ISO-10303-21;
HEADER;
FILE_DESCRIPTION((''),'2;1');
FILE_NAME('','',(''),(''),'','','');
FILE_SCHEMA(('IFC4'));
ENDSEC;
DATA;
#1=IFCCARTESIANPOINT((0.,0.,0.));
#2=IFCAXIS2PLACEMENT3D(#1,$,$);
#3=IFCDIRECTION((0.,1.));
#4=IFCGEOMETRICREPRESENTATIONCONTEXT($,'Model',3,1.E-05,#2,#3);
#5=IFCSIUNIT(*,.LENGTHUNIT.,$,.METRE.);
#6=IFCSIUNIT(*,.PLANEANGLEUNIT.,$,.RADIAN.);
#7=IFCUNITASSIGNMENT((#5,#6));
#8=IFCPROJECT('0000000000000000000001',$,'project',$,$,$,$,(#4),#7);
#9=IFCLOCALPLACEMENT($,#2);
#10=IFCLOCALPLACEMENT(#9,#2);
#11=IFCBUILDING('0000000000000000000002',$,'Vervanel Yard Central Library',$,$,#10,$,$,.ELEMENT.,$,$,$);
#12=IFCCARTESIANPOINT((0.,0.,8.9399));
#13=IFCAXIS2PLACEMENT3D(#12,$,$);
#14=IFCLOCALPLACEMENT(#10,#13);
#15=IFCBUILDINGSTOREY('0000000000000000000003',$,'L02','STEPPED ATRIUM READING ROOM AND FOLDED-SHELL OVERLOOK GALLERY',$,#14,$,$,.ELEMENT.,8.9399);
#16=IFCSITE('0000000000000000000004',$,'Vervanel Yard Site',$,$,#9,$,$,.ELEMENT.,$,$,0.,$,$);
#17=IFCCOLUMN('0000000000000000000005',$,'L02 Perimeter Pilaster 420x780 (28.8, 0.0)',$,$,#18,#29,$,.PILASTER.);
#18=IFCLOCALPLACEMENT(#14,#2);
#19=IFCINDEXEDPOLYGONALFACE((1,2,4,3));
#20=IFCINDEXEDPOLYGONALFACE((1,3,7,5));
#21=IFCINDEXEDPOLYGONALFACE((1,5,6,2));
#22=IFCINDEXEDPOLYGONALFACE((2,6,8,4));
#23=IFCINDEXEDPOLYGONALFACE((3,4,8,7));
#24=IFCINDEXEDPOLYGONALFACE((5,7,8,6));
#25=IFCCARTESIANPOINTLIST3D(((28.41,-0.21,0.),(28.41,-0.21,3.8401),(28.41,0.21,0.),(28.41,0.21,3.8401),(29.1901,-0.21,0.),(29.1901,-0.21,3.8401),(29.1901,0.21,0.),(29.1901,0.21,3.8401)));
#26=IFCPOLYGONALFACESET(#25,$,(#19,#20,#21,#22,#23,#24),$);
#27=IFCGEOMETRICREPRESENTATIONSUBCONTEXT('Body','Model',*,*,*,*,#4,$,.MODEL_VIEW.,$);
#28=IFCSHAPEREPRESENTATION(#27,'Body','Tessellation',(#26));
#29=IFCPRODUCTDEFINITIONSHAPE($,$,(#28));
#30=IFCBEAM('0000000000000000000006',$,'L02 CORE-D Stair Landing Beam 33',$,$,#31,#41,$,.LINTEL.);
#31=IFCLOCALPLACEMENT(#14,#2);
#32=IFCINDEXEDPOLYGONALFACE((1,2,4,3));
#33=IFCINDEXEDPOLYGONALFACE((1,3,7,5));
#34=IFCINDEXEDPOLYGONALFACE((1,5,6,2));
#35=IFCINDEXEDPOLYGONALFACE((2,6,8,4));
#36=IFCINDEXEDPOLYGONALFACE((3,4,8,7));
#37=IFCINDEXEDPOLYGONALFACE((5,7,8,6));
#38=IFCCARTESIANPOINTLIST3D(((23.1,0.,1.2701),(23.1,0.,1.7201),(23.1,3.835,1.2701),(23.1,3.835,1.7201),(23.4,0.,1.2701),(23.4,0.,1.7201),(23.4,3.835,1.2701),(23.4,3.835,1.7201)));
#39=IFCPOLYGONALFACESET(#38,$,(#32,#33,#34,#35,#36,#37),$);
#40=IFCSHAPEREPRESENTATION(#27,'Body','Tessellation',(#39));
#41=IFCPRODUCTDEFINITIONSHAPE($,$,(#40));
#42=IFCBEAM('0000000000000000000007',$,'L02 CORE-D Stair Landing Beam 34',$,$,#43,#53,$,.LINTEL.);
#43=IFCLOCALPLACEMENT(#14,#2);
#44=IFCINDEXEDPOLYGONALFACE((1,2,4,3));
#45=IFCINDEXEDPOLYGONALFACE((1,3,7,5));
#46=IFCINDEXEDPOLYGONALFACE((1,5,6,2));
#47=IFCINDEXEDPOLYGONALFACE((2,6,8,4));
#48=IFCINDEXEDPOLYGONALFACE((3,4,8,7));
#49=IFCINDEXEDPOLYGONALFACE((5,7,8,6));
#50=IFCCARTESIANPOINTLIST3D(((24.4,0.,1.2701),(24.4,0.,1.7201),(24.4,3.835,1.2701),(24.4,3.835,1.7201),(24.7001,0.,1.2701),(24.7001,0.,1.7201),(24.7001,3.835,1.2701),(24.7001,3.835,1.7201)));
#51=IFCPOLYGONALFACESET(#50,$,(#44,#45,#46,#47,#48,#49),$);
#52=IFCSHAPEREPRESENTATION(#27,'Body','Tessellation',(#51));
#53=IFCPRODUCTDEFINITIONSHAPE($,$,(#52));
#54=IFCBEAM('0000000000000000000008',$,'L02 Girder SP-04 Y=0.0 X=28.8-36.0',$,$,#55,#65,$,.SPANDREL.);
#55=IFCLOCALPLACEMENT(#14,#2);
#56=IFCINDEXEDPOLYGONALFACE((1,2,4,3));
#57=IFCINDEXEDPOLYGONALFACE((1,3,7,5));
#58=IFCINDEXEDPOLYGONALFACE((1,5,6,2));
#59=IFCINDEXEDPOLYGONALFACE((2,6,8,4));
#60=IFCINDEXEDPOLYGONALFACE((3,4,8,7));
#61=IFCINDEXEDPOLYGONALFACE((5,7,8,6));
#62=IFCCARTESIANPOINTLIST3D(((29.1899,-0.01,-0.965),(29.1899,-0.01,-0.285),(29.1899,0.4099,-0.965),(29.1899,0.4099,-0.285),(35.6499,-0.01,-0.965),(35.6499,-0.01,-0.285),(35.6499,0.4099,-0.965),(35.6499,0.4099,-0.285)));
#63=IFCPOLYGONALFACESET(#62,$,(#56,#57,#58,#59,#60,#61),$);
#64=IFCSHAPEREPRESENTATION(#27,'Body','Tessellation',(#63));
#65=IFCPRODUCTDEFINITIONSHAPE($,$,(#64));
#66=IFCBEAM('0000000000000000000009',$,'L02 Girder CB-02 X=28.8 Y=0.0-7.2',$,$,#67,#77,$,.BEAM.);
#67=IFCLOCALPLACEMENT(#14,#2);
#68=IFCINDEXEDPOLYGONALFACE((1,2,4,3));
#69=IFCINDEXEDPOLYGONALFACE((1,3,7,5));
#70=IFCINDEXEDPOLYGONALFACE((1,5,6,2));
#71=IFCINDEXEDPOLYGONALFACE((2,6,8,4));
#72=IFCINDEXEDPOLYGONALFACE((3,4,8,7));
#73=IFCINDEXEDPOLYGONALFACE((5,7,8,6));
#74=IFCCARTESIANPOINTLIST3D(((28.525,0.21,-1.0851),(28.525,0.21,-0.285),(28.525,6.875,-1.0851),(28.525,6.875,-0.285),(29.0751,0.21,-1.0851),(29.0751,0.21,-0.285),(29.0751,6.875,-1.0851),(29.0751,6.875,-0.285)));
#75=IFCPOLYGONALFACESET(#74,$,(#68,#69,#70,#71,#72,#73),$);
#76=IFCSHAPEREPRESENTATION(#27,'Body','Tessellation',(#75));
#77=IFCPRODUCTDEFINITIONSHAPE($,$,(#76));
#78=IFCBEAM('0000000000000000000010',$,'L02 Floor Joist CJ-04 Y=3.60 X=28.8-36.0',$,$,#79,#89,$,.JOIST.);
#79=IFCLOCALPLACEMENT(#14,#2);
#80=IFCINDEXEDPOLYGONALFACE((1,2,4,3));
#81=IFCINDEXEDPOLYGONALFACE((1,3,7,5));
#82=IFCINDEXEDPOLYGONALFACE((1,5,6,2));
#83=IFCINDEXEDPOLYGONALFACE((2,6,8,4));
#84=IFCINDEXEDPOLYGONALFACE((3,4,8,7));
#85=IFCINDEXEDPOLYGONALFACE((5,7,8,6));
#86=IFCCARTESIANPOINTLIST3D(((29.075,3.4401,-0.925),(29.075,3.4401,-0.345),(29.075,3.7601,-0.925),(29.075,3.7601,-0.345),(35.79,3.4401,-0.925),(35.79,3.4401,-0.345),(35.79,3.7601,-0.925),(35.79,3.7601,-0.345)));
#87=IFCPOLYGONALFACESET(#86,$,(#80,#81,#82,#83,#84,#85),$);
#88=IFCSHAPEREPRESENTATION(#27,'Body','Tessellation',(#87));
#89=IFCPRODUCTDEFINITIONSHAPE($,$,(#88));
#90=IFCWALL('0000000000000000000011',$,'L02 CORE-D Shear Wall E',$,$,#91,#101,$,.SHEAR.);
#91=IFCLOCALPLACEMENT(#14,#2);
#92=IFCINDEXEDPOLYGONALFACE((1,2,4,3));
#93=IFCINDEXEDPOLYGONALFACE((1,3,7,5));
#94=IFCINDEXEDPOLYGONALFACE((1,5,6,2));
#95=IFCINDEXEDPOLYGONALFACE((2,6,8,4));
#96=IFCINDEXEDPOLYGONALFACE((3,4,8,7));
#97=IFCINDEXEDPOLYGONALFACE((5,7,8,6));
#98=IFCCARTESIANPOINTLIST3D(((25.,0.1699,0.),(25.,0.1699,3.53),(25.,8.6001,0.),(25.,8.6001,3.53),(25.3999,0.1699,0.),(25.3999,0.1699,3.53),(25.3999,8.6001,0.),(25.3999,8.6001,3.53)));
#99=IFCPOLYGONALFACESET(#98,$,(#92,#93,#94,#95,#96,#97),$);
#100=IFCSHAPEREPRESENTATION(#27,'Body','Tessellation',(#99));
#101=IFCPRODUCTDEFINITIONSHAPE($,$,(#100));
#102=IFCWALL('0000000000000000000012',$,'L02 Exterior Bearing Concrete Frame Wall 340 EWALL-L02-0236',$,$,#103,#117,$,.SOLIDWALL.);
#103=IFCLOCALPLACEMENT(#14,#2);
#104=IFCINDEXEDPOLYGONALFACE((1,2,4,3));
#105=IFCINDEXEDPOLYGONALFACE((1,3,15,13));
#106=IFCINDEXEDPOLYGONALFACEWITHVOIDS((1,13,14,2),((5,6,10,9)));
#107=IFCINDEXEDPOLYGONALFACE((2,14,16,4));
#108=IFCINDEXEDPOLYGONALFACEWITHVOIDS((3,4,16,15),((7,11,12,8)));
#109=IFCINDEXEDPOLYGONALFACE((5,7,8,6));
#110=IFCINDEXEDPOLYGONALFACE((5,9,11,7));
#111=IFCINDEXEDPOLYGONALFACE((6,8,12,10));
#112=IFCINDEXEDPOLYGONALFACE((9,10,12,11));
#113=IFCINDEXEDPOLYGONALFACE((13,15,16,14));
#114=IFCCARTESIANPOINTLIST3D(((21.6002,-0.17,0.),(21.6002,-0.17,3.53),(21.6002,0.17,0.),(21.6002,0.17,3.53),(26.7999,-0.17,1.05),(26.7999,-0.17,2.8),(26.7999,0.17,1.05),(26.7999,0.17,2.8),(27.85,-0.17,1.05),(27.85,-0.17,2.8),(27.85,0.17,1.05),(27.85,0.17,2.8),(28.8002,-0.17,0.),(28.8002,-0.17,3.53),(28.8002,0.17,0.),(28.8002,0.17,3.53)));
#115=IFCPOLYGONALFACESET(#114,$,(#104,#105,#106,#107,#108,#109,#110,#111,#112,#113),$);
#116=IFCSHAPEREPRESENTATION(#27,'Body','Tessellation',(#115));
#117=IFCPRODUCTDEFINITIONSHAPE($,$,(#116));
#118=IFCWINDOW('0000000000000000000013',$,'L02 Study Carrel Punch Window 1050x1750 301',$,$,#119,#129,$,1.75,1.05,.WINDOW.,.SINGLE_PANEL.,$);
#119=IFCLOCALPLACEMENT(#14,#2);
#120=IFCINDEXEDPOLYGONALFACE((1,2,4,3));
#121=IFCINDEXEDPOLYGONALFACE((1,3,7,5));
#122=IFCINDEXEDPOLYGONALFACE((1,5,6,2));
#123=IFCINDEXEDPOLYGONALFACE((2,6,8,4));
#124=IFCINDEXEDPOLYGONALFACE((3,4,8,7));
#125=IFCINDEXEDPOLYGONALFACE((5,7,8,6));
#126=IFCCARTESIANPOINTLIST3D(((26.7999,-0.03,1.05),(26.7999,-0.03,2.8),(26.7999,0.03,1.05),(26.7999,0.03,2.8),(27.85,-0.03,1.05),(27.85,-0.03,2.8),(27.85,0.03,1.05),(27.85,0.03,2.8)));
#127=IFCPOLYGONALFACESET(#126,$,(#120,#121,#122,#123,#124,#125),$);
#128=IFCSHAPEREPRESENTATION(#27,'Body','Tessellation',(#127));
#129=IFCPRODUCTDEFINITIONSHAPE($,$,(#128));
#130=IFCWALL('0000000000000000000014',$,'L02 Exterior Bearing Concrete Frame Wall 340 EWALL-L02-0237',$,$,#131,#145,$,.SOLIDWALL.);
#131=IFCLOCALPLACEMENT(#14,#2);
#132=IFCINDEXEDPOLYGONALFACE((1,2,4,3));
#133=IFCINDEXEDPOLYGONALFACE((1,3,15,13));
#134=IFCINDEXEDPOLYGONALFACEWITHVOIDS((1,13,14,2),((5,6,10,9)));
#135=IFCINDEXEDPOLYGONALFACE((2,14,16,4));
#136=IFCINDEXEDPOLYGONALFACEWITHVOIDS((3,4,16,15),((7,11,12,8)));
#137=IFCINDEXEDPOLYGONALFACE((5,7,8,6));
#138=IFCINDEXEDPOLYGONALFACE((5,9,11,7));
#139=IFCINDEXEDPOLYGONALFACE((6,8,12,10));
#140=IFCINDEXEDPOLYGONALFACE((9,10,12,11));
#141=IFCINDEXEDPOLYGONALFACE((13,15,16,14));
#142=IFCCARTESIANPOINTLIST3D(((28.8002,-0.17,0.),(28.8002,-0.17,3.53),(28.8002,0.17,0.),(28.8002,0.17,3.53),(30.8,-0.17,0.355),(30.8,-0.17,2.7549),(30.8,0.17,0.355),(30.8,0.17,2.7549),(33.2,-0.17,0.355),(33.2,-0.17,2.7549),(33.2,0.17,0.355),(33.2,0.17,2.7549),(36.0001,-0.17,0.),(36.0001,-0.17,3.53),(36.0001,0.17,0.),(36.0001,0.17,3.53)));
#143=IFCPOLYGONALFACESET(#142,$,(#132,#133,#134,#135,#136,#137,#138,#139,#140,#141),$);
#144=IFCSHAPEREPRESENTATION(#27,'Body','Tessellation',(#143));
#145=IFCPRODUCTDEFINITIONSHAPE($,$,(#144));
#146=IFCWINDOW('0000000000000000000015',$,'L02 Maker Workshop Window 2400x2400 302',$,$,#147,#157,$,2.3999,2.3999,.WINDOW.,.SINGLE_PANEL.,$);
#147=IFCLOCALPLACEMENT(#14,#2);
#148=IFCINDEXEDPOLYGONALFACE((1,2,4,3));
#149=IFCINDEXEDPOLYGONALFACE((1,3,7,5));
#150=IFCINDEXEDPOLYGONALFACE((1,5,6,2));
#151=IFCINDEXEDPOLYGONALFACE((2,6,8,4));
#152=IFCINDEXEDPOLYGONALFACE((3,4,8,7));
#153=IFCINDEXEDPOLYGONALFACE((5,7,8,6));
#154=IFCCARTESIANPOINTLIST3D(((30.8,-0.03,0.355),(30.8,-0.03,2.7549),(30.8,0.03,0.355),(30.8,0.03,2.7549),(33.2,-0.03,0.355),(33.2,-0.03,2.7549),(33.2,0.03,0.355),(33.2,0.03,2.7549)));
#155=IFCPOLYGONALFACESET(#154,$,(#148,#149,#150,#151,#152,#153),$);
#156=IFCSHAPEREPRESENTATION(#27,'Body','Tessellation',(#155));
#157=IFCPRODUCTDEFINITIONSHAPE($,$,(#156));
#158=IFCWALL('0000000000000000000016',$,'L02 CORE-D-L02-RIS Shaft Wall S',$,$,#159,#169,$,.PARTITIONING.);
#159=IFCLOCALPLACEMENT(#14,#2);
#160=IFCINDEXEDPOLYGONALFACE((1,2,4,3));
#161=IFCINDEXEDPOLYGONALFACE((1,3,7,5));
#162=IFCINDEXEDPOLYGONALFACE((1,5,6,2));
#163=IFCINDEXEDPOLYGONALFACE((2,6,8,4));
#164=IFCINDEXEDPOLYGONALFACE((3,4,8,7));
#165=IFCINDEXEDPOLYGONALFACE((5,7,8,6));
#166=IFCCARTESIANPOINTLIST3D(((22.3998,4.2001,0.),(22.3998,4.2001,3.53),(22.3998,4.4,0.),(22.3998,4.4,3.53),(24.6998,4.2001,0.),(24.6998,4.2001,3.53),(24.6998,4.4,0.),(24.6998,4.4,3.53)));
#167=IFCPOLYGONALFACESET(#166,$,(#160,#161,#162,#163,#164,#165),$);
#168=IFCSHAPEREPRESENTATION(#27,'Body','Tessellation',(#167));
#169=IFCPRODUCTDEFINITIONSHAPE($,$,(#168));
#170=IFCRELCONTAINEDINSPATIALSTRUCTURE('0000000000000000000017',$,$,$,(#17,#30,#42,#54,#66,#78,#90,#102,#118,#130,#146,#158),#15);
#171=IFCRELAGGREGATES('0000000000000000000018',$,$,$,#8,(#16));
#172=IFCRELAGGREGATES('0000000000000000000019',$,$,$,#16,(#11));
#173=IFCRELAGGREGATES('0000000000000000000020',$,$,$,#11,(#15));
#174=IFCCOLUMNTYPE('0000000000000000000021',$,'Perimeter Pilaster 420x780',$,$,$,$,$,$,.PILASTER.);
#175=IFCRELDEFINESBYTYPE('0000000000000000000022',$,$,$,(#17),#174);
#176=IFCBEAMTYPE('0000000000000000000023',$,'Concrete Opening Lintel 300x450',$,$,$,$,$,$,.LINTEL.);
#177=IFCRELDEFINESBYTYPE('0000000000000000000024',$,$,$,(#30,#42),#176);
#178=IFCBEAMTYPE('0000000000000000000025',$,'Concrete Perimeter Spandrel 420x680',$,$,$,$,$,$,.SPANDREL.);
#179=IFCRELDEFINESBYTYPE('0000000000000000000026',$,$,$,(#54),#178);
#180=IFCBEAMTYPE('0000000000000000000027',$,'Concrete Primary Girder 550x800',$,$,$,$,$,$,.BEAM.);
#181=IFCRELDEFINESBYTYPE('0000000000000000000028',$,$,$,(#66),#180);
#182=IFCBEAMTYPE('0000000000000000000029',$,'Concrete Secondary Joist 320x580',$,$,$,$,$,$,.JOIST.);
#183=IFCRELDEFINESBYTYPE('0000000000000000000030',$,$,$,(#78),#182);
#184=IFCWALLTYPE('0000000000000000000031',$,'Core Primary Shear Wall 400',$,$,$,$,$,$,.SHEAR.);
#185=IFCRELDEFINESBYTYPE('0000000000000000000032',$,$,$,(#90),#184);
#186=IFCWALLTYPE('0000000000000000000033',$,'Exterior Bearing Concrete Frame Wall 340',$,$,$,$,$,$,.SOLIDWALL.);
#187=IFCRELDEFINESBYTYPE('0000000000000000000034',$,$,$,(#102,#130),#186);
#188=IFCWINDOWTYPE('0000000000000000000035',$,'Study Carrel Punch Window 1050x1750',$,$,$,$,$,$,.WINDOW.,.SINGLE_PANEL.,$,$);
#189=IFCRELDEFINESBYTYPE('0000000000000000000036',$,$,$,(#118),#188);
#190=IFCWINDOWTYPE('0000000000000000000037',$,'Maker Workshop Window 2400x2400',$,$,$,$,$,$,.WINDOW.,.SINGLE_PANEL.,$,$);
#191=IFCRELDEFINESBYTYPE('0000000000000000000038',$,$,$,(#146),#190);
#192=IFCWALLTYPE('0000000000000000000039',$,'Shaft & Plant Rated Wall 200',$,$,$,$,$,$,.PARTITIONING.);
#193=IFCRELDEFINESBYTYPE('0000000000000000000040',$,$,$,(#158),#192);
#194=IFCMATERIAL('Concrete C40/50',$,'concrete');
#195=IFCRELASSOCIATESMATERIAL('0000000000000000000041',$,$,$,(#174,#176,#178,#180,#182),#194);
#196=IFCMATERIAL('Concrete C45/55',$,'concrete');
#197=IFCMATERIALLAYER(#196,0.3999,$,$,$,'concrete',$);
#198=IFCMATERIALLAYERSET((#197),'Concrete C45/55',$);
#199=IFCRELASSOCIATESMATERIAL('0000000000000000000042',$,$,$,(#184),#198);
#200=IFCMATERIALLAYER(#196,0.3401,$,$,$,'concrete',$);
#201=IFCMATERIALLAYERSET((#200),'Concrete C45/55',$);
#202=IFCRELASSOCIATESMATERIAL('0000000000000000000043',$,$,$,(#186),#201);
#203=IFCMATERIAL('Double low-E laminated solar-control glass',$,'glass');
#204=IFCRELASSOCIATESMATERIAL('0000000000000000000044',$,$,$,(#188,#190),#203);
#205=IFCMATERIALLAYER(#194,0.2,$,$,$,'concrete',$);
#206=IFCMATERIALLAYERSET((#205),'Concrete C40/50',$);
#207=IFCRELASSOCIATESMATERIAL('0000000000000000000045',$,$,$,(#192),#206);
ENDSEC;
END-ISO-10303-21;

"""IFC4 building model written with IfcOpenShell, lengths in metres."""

from ifc_helpers import new_model, si_unit, direction, frame, frame_2d, origin, origin_2d, place, context, subcontext, project, spatial, rectangle, extrude, material, layer, layer_set, material_profile, profile_set, type_object, element, fill, save


model = new_model("IFC4")

# Units and contexts
model_context = context("Model", 3, precision=1e-05, world=origin(), true_north=direction((0.0, 1.0)))
body_context = subcontext(model_context, "Body", "Model", "MODEL_VIEW")
ifc_project = project(units=[si_unit("LENGTHUNIT", "METRE"), si_unit("PLANEANGLEUNIT", "RADIAN")], contexts=[model_context])

# Site, building, storey
site_placement = place(None, origin())
site = spatial("IfcSite", under=ifc_project, at=site_placement, Name="Vervanel Yard Site", CompositionType="ELEMENT", RefElevation=0.0)
building_placement = place(site_placement, origin())
building = spatial("IfcBuilding", under=site, at=building_placement, Name="Vervanel Yard Central Library", CompositionType="ELEMENT")
storey_placement = place(building_placement, frame((0.0, 0.0, 8.9399)))
storey = spatial("IfcBuildingStorey", under=building, at=storey_placement, Name="L02", Description="STEPPED ATRIUM READING ROOM AND FOLDED-SHELL OVERLOOK GALLERY", CompositionType="ELEMENT", Elevation=8.9399)

# Column
ifc_material_1 = material(Name="Concrete C40/50", Category="concrete")
ifc_material_profile_1 = material_profile(ifc_material_1, rectangle(XDim=0.4199, YDim=0.78, at=origin_2d()), Name="RC 420x780", Category="concrete")
ifc_profile_set_1 = profile_set([ifc_material_profile_1], Name="Concrete C40/50")
column_type = type_object("IfcColumnType", Name="Perimeter Pilaster 420x780", PredefinedType="PILASTER", material=ifc_profile_set_1)
column_placement = place(storey_placement, frame((28.8, 0.0, 0.0), z_axis=(0.0, 0.0, 1.0), x_axis=(0.0, 1.0, 0.0)))
element("IfcColumn", 1, at=column_placement, inside=storey, type_object=column_type, Name="L02 Perimeter Pilaster 420x780 (28.8, 0.0)", PredefinedType="PILASTER", context=body_context, shape_type="SweptSolid", body=[
    extrude(rectangle(XDim=0.4199, YDim=0.78, at=origin_2d()), origin(), (0.0, 0.0, 1.0), 3.8401),
])

# Beams
ifc_material_profile_2 = material_profile(ifc_material_1, rectangle(XDim=0.3, YDim=0.45, at=origin_2d()), Name="RC 300x450", Category="concrete")
ifc_profile_set_2 = profile_set([ifc_material_profile_2], Name="Concrete C40/50")
beam_type_1 = type_object("IfcBeamType", Name="Concrete Opening Lintel 300x450", PredefinedType="LINTEL", material=ifc_profile_set_2)
for number, where, z_axis, x_axis, name in (
    (2, (23.25, 0.0, 1.4951), (0.0, 1.0, 0.0), (-1.0, 0.0, 0.0), "L02 CORE-D Stair Landing Beam 33"),
    (3, (24.55, 0.0, 1.4951), (0.0, 1.0, 0.0), (-1.0, 0.0, 0.0), "L02 CORE-D Stair Landing Beam 34"),
):
    element("IfcBeam", number, at=place(storey_placement, frame(where, z_axis=z_axis, x_axis=x_axis)), inside=storey, type_object=beam_type_1, Name=name, PredefinedType="LINTEL", context=body_context, shape_type="SweptSolid", body=[
        extrude(rectangle(XDim=0.3, YDim=0.45, at=origin_2d()), origin(), (0.0, 0.0, 1.0), 3.835),
    ])
ifc_material_profile_3 = material_profile(ifc_material_1, rectangle(XDim=0.4199, YDim=0.6799, at=origin_2d()), Name="RC 420x680", Category="concrete")
ifc_profile_set_3 = profile_set([ifc_material_profile_3], Name="Concrete C40/50")
beam_type_2 = type_object("IfcBeamType", Name="Concrete Perimeter Spandrel 420x680", PredefinedType="SPANDREL", material=ifc_profile_set_3)
beam_1_placement = place(storey_placement, frame((29.1899, 0.2, -0.625), z_axis=(1.0, 0.0, 0.0), x_axis=(0.0, 1.0, 0.0)))
element("IfcBeam", 4, at=beam_1_placement, inside=storey, type_object=beam_type_2, Name="L02 Girder SP-04 Y=0.0 X=28.8-36.0", PredefinedType="SPANDREL", context=body_context, shape_type="SweptSolid", body=[
    extrude(rectangle(XDim=0.4199, YDim=0.6799, at=origin_2d()), origin(), (0.0, 0.0, 1.0), 6.46),
])
ifc_material_profile_4 = material_profile(ifc_material_1, rectangle(XDim=0.55, YDim=0.8, at=origin_2d()), Name="RC 550x800", Category="concrete")
ifc_profile_set_4 = profile_set([ifc_material_profile_4], Name="Concrete C40/50")
beam_type_3 = type_object("IfcBeamType", Name="Concrete Primary Girder 550x800", PredefinedType="BEAM", material=ifc_profile_set_4)
beam_2_placement = place(storey_placement, frame((28.8, 0.21, -0.6851), z_axis=(0.0, 1.0, 0.0), x_axis=(-1.0, 0.0, 0.0)))
element("IfcBeam", 5, at=beam_2_placement, inside=storey, type_object=beam_type_3, Name="L02 Girder CB-02 X=28.8 Y=0.0-7.2", PredefinedType="BEAM", context=body_context, shape_type="SweptSolid", body=[
    extrude(rectangle(XDim=0.55, YDim=0.8, at=origin_2d()), origin(), (0.0, 0.0, 1.0), 6.665),
])
ifc_material_profile_5 = material_profile(ifc_material_1, rectangle(XDim=0.3201, YDim=0.5801, at=origin_2d()), Name="RC 320x580", Category="concrete")
ifc_profile_set_5 = profile_set([ifc_material_profile_5], Name="Concrete C40/50")
beam_type_4 = type_object("IfcBeamType", Name="Concrete Secondary Joist 320x580", PredefinedType="JOIST", material=ifc_profile_set_5)
beam_3_placement = place(storey_placement, frame((29.075, 3.6001, -0.635), z_axis=(1.0, 0.0, 0.0), x_axis=(0.0, 1.0, 0.0)))
element("IfcBeam", 6, at=beam_3_placement, inside=storey, type_object=beam_type_4, Name="L02 Floor Joist CJ-04 Y=3.60 X=28.8-36.0", PredefinedType="JOIST", context=body_context, shape_type="SweptSolid", body=[
    extrude(rectangle(XDim=0.3201, YDim=0.5801, at=origin_2d()), origin(), (0.0, 0.0, 1.0), 6.7151),
])

# Wall
ifc_material_2 = material(Name="Concrete C45/55", Category="concrete")
ifc_layer_1 = layer(ifc_material_2, 0.3999, Category="concrete")
ifc_layer_set_1 = layer_set([ifc_layer_1], Name="Concrete C45/55")
wall_type_1 = type_object("IfcWallType", Name="Core Primary Shear Wall 400", PredefinedType="SHEAR", material=ifc_layer_set_1)
wall_1_placement = place(storey_placement, frame((25.2, 0.1699, 0.0), z_axis=(0.0, 0.0, 1.0), x_axis=(0.0, 1.0, 0.0)))
element("IfcWall", 7, at=wall_1_placement, inside=storey, type_object=wall_type_1, Name="L02 CORE-D Shear Wall E", PredefinedType="SHEAR", context=body_context, shape_type="SweptSolid", body=[
    extrude(rectangle(XDim=8.4302, YDim=0.3999, at=frame_2d((4.2151, 0.0))), origin(), (0.0, 0.0, 1.0), 3.53),
])

# Walls, openings, windows
ifc_layer_2 = layer(ifc_material_2, 0.3401, Category="concrete")
ifc_layer_set_2 = layer_set([ifc_layer_2], Name="Concrete C45/55")
wall_type_2 = type_object("IfcWallType", Name="Exterior Bearing Concrete Frame Wall 340", PredefinedType="SOLIDWALL", material=ifc_layer_set_2)
wall_2_placement = place(storey_placement, frame((21.6001, 0.0, 0.0), z_axis=(0.0, 0.0, 1.0), x_axis=(1.0, 0.0, 0.0)))
wall_2 = element("IfcWall", 8, at=wall_2_placement, inside=storey, type_object=wall_type_2, Name="L02 Exterior Bearing Concrete Frame Wall 340 EWALL-L02-0236", PredefinedType="SOLIDWALL", context=body_context, shape_type="SweptSolid", body=[
    extrude(rectangle(XDim=7.2, YDim=0.3401, at=frame_2d((3.6001, 0.0))), origin(), (0.0, 0.0, 1.0), 3.53),
])
opening_1_placement = place(wall_2_placement, frame((5.2, 0.0, 1.05)))
opening_1 = element("IfcOpeningElement", 9, at=opening_1_placement, cuts=wall_2, PredefinedType="OPENING", context=body_context, shape_type="SweptSolid", body=[
    extrude(rectangle(XDim=1.05, YDim=1.75, at=frame_2d((0.5249, 0.875))), frame((0.0, 0.1799, 0.0), z_axis=(0.0, -1.0, 0.0), x_axis=(1.0, 0.0, 0.0)), (0.0, 0.0, 1.0), 0.3601),
])
ifc_material_3 = material(Name="Double low-E laminated solar-control glass", Category="glass")
window_type_1 = type_object("IfcWindowType", Name="Study Carrel Punch Window 1050x1750", PartitioningType="SINGLE_PANEL", PredefinedType="WINDOW", material=ifc_material_3)
window_1_placement = place(opening_1_placement, origin())
window_1 = element("IfcWindow", 10, at=window_1_placement, inside=storey, type_object=window_type_1, Name="L02 Study Carrel Punch Window 1050x1750 301", OverallHeight=1.75, OverallWidth=1.05, PartitioningType="SINGLE_PANEL", PredefinedType="WINDOW", context=body_context, shape_type="SweptSolid", body=[
    extrude(rectangle(XDim=1.05, YDim=1.75, at=frame_2d((0.5249, 0.875))), frame((0.0, 0.03, 0.0), z_axis=(0.0, -1.0, 0.0), x_axis=(1.0, 0.0, 0.0)), (0.0, 0.0, 1.0), 0.0601),
])
fill(opening_1, window_1)
wall_3_placement = place(storey_placement, frame((28.8, 0.0, 0.0), z_axis=(0.0, 0.0, 1.0), x_axis=(1.0, 0.0, 0.0)))
wall_3 = element("IfcWall", 11, at=wall_3_placement, inside=storey, type_object=wall_type_2, Name="L02 Exterior Bearing Concrete Frame Wall 340 EWALL-L02-0237", PredefinedType="SOLIDWALL", context=body_context, shape_type="SweptSolid", body=[
    extrude(rectangle(XDim=7.2, YDim=0.3401, at=frame_2d((3.6001, 0.0))), origin(), (0.0, 0.0, 1.0), 3.53),
])
opening_2_placement = place(wall_3_placement, frame((2.0, 0.0, 0.355)))
opening_2 = element("IfcOpeningElement", 12, at=opening_2_placement, cuts=wall_3, PredefinedType="OPENING", context=body_context, shape_type="SweptSolid", body=[
    extrude(rectangle(XDim=2.3999, YDim=2.3999, at=frame_2d((1.2, 1.2))), frame((0.0, 0.1799, 0.0), z_axis=(0.0, -1.0, 0.0), x_axis=(1.0, 0.0, 0.0)), (0.0, 0.0, 1.0), 0.3601),
])
window_type_2 = type_object("IfcWindowType", Name="Maker Workshop Window 2400x2400", PartitioningType="SINGLE_PANEL", PredefinedType="WINDOW", material=ifc_material_3)
window_2_placement = place(opening_2_placement, origin())
window_2 = element("IfcWindow", 13, at=window_2_placement, inside=storey, type_object=window_type_2, Name="L02 Maker Workshop Window 2400x2400 302", OverallHeight=2.3999, OverallWidth=2.3999, PartitioningType="SINGLE_PANEL", PredefinedType="WINDOW", context=body_context, shape_type="SweptSolid", body=[
    extrude(rectangle(XDim=2.3999, YDim=2.3999, at=frame_2d((1.2, 1.2))), frame((0.0, 0.03, 0.0), z_axis=(0.0, -1.0, 0.0), x_axis=(1.0, 0.0, 0.0)), (0.0, 0.0, 1.0), 0.0601),
])
fill(opening_2, window_2)

# Wall
ifc_layer_3 = layer(ifc_material_1, 0.2, Category="concrete")
ifc_layer_set_3 = layer_set([ifc_layer_3], Name="Concrete C40/50")
wall_type_3 = type_object("IfcWallType", Name="Shaft & Plant Rated Wall 200", PredefinedType="PARTITIONING", material=ifc_layer_set_3)
wall_4_placement = place(storey_placement, frame((22.3999, 4.3, 0.0), z_axis=(0.0, 0.0, 1.0), x_axis=(1.0, 0.0, 0.0)))
element("IfcWall", 14, at=wall_4_placement, inside=storey, type_object=wall_type_3, Name="L02 CORE-D-L02-RIS Shaft Wall S", PredefinedType="PARTITIONING", context=body_context, shape_type="SweptSolid", body=[
    extrude(rectangle(XDim=2.3, YDim=0.2, at=frame_2d((1.1499, 0.0))), origin(), (0.0, 0.0, 1.0), 3.53),
])

save(model, "model.ifc")
